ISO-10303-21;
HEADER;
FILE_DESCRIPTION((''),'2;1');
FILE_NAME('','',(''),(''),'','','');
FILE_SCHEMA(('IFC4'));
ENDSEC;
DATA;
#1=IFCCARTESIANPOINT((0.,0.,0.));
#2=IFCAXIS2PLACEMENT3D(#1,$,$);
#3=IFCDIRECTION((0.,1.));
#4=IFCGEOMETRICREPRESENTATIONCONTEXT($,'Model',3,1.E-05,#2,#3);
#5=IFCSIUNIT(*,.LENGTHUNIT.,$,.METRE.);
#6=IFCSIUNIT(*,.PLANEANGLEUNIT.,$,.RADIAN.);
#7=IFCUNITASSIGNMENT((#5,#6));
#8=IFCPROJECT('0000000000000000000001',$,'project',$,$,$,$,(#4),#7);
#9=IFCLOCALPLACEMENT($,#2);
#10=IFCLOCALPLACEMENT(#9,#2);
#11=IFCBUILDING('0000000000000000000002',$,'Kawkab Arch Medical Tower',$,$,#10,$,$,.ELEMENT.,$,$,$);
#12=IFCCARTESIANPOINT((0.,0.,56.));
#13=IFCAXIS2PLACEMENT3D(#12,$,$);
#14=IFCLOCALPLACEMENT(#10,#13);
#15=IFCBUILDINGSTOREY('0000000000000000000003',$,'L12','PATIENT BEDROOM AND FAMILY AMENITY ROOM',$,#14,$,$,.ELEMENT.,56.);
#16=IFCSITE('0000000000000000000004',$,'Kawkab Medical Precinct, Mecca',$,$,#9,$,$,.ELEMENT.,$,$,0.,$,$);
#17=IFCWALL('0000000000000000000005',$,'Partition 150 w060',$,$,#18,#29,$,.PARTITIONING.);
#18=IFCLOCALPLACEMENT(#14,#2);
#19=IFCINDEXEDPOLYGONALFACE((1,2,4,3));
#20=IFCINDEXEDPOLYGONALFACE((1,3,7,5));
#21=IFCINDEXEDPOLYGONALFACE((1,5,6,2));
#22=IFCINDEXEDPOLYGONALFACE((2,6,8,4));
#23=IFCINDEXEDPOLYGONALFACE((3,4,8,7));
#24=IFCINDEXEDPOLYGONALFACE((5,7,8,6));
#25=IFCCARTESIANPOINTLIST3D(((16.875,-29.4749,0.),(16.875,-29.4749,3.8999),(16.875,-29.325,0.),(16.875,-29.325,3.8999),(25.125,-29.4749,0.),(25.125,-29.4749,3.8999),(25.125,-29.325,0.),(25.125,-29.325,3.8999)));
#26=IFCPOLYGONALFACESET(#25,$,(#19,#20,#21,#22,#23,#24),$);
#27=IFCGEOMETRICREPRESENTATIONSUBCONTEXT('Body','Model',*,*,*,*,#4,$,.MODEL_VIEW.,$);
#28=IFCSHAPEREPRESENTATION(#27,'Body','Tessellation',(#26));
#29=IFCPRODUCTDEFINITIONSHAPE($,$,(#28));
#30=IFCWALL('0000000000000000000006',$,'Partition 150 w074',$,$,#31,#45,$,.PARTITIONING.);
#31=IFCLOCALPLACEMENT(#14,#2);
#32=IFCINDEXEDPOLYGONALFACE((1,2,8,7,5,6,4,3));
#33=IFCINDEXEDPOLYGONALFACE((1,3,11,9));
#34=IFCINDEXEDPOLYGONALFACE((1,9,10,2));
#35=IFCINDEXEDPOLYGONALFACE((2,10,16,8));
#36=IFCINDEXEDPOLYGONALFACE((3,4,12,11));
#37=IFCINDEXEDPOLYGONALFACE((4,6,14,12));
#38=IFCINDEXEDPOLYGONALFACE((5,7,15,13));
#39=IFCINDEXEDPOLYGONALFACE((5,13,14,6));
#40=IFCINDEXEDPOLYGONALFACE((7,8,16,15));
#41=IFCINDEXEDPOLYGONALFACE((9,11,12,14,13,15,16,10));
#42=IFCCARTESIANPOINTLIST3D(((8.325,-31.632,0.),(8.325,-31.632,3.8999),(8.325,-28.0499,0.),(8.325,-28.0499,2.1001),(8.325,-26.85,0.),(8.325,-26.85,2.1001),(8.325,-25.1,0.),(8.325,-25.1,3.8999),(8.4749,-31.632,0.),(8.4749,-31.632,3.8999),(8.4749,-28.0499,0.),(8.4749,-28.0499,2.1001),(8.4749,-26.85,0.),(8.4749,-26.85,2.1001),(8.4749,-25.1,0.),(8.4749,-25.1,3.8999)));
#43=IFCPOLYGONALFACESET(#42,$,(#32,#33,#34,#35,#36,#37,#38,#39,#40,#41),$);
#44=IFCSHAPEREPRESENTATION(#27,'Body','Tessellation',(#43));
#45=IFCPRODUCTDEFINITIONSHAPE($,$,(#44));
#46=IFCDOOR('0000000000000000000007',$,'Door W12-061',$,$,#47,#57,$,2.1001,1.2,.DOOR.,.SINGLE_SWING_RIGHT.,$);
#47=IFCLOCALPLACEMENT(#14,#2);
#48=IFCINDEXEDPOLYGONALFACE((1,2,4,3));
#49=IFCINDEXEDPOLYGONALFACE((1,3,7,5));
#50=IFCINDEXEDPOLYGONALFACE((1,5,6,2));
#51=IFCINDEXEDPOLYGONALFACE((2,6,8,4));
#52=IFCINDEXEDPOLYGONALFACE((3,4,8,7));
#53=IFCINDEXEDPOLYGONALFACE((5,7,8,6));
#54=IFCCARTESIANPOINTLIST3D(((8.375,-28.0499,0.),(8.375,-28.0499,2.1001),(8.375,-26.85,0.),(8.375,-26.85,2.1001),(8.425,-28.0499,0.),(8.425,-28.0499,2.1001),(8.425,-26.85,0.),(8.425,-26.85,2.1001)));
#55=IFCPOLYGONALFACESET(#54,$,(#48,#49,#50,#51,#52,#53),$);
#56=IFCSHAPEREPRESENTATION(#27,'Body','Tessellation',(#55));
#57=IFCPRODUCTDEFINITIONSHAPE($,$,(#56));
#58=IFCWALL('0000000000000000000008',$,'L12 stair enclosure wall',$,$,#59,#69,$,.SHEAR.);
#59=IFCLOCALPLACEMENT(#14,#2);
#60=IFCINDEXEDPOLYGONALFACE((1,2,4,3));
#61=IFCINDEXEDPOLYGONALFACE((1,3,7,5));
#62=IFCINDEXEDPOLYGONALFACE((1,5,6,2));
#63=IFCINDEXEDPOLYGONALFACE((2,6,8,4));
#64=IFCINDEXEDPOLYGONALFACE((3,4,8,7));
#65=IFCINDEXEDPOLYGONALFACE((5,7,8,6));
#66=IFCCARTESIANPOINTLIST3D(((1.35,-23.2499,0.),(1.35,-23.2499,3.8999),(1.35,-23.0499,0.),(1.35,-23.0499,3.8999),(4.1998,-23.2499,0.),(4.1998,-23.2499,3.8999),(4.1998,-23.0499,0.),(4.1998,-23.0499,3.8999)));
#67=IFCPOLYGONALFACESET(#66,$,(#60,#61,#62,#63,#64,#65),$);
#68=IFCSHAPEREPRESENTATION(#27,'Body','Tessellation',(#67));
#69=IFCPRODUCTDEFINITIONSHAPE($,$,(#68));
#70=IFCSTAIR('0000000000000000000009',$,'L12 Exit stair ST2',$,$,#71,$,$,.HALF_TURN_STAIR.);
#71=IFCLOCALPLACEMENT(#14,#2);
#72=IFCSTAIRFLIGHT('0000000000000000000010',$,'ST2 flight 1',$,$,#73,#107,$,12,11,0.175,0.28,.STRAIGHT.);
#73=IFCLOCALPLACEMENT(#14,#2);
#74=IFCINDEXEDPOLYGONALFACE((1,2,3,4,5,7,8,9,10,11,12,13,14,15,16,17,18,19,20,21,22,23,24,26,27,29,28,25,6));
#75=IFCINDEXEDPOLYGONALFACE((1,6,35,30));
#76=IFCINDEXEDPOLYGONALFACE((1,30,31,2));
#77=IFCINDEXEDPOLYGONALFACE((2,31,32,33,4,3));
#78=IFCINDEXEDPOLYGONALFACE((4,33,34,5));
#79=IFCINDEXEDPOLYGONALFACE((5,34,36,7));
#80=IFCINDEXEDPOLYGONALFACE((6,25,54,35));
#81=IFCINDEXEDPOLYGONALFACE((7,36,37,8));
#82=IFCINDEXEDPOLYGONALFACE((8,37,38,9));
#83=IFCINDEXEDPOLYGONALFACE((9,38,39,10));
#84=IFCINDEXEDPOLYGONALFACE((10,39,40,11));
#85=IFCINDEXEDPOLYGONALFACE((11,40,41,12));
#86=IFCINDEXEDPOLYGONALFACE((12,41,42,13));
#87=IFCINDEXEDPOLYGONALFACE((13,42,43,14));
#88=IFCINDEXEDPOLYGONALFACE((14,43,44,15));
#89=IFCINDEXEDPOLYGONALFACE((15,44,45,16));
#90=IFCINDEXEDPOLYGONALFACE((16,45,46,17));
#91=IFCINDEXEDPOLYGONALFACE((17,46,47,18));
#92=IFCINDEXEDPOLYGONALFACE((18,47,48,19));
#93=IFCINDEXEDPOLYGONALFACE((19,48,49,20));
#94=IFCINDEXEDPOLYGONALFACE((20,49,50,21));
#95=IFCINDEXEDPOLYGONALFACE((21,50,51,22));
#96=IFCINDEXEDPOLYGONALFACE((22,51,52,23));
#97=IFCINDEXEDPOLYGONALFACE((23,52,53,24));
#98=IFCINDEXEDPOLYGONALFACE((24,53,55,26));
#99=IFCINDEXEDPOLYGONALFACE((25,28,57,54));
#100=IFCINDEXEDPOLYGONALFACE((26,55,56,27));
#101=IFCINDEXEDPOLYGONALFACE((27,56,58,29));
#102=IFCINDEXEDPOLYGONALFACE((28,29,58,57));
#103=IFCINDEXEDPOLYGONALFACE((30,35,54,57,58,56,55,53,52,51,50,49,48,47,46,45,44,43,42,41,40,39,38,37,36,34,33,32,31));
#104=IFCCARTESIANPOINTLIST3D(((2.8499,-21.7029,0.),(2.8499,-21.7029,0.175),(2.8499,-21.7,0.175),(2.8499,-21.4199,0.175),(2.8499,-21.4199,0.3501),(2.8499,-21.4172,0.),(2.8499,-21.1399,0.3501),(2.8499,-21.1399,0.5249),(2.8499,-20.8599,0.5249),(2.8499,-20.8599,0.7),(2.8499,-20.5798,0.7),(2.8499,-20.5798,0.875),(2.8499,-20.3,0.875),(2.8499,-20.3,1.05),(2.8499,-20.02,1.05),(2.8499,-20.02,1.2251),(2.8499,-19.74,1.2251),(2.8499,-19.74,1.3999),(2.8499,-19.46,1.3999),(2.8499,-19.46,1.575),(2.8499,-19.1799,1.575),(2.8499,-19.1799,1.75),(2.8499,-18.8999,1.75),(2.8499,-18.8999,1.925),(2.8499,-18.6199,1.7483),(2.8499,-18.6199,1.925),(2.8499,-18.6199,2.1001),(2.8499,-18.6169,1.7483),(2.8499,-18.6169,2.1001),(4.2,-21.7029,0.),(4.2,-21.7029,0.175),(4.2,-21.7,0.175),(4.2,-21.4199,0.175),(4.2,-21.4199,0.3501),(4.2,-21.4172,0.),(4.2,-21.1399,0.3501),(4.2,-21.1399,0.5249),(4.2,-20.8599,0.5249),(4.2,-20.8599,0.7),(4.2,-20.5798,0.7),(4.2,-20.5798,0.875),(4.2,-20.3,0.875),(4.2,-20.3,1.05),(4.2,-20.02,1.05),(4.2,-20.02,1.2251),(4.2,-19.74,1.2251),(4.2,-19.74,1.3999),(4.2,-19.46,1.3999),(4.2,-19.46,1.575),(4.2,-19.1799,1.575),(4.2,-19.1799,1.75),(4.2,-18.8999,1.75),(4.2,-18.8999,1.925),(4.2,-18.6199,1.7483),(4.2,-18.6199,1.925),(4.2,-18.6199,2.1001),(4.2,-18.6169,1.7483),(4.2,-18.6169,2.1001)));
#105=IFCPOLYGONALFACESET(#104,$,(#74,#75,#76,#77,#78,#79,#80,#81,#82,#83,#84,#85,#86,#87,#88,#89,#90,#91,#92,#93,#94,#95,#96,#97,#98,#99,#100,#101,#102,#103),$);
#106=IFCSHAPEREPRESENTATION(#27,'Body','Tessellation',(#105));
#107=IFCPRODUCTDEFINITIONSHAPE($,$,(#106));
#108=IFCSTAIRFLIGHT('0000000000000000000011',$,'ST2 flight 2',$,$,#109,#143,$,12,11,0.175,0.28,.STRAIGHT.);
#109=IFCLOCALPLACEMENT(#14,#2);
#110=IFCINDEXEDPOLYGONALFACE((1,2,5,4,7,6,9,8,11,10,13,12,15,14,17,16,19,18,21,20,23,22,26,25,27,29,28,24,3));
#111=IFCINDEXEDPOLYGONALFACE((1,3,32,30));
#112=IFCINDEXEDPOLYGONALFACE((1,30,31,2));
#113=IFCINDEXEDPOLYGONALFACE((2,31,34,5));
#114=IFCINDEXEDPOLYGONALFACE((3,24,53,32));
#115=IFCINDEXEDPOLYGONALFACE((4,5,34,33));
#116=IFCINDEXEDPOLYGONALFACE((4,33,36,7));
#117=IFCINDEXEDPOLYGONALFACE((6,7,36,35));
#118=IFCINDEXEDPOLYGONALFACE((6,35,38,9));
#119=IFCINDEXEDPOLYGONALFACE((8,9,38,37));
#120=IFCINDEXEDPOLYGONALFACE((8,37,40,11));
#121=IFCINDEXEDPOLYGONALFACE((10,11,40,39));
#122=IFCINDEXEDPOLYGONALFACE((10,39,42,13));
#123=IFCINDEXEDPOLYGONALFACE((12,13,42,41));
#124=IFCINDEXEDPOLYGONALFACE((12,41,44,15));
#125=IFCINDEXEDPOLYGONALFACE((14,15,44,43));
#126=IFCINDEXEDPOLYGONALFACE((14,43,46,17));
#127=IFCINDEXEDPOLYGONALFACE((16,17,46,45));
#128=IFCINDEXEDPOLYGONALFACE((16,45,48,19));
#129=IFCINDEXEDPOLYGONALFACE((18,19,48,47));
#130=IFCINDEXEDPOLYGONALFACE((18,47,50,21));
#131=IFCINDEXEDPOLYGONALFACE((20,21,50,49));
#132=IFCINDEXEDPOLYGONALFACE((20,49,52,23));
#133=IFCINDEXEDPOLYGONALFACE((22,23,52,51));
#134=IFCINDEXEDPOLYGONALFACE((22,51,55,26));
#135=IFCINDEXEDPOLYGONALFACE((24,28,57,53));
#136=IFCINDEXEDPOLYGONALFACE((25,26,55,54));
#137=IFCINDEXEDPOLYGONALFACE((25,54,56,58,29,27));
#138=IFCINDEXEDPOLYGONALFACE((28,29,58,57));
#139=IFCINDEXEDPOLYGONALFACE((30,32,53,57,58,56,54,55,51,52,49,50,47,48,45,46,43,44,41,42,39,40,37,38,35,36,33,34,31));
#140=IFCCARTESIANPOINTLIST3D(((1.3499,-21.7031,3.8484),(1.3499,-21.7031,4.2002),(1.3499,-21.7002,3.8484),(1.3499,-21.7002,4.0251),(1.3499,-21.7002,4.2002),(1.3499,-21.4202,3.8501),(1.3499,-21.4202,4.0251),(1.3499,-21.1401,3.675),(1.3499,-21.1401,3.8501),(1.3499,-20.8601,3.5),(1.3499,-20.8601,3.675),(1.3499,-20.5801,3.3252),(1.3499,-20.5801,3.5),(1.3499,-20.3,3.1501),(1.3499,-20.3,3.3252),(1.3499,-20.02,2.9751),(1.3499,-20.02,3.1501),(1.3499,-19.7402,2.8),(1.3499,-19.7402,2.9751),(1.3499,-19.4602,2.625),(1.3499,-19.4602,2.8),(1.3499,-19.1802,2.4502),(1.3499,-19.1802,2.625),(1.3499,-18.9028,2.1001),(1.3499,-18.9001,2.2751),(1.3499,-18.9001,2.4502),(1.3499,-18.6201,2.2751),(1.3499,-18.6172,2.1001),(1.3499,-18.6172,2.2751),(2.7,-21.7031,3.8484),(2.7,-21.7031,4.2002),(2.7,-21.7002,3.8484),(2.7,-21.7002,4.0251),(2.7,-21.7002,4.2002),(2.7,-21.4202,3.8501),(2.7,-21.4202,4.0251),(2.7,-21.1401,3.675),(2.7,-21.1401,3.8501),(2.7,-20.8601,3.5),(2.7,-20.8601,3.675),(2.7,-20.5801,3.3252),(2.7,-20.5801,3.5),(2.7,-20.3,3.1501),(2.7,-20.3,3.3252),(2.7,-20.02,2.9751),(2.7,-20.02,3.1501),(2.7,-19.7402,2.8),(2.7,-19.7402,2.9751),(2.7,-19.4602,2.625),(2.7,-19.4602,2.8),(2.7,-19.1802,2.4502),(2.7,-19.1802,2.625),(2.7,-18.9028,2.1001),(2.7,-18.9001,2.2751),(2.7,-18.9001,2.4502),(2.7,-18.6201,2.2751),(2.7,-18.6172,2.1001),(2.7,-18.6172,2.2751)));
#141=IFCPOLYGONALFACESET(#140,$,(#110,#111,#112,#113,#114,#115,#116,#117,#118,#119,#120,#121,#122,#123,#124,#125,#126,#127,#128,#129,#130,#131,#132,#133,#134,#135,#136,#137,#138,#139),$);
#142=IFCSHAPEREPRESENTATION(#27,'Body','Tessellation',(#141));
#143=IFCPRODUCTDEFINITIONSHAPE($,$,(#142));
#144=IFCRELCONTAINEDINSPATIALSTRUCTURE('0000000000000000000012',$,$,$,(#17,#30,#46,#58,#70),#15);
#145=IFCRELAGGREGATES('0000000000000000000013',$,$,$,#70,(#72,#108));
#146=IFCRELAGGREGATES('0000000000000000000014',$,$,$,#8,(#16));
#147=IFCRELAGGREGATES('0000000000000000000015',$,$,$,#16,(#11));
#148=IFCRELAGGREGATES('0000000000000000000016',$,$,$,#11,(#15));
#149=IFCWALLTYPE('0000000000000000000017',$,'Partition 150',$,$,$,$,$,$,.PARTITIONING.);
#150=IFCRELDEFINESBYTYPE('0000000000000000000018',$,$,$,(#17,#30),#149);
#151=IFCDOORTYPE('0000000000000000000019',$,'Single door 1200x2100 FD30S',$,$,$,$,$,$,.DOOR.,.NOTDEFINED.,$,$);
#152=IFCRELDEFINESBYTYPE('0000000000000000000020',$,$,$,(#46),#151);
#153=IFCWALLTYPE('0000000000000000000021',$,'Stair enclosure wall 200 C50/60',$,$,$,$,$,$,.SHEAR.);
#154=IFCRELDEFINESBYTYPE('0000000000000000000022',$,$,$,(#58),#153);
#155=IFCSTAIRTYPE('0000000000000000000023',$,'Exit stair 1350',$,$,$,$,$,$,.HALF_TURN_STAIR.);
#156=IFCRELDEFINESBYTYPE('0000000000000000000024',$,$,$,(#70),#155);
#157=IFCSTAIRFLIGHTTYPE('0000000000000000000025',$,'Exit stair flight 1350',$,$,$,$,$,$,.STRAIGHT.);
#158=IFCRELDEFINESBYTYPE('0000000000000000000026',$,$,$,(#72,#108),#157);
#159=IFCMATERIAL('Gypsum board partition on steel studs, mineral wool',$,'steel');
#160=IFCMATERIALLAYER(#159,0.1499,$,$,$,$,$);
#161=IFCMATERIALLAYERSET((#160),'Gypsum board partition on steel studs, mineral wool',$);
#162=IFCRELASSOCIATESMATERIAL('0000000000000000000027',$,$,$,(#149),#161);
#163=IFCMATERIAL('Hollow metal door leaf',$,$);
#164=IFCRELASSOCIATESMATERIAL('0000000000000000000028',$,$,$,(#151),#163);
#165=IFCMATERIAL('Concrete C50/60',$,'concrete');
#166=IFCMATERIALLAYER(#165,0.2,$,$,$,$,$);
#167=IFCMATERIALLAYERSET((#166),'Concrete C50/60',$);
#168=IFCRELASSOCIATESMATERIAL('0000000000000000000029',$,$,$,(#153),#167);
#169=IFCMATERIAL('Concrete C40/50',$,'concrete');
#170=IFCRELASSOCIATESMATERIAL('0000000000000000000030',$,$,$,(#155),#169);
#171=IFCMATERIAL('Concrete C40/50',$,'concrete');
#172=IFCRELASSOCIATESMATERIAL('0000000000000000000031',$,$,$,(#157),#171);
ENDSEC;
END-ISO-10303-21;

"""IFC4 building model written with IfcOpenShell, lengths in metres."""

from ifc_helpers import new_model, si_unit, direction, frame, frame_2d, origin, place, context, subcontext, project, spatial, polyline, rectangle, outline, extrude, material, layer, layer_set, type_object, element, fill, aggregate, save


model = new_model("IFC4")

# Units and contexts
model_context = context("Model", 3, precision=1e-05, world=origin(), true_north=direction((0.0, 1.0)))
body_context = subcontext(model_context, "Body", "Model", "MODEL_VIEW")
ifc_project = project(units=[si_unit("LENGTHUNIT", "METRE"), si_unit("PLANEANGLEUNIT", "RADIAN")], contexts=[model_context])

# Site, building, storey
site_placement = place(None, origin())
site = spatial("IfcSite", under=ifc_project, at=site_placement, Name="Kawkab Medical Precinct, Mecca", CompositionType="ELEMENT", RefElevation=0.0)
building_placement = place(site_placement, origin())
building = spatial("IfcBuilding", under=site, at=building_placement, Name="Kawkab Arch Medical Tower", CompositionType="ELEMENT")
storey_placement = place(building_placement, frame((0.0, 0.0, 56.0)))
storey = spatial("IfcBuildingStorey", under=building, at=storey_placement, Name="L12", Description="PATIENT BEDROOM AND FAMILY AMENITY ROOM", CompositionType="ELEMENT", Elevation=56.0)

# Wall
ifc_material_1 = material(Name="Gypsum board partition on steel studs, mineral wool", Category="steel")
ifc_layer_1 = layer(ifc_material_1, 0.1499)
ifc_layer_set_1 = layer_set([ifc_layer_1], Name="Gypsum board partition on steel studs, mineral wool")
wall_type_1 = type_object("IfcWallType", Name="Partition 150", PredefinedType="PARTITIONING", material=ifc_layer_set_1)
wall_1_placement = place(storey_placement, frame((16.875, -29.3999, 0.0), z_axis=(0.0, 0.0, 1.0), x_axis=(1.0, 0.0, 0.0)))
element("IfcWall", 1, at=wall_1_placement, inside=storey, type_object=wall_type_1, Name="Partition 150 w060", PredefinedType="PARTITIONING", context=body_context, shape_type="SweptSolid", body=[
    extrude(rectangle(XDim=8.25, YDim=0.1499, at=frame_2d((4.125, 0.0))), origin(), (0.0, 0.0, 1.0), 3.8999),
])

# Wall, opening, door
wall_2_placement = place(storey_placement, frame((8.3999, -31.6321, 0.0), z_axis=(0.0, 0.0, 1.0), x_axis=(0.0, 1.0, 0.0)))
wall_2 = element("IfcWall", 2, at=wall_2_placement, inside=storey, type_object=wall_type_1, Name="Partition 150 w074", PredefinedType="PARTITIONING", context=body_context, shape_type="SweptSolid", body=[
    extrude(rectangle(XDim=6.532, YDim=0.1499, at=frame_2d((3.2661, 0.0))), origin(), (0.0, 0.0, 1.0), 3.8999),
])
opening_1_placement = place(wall_2_placement, frame((3.582, 0.0, 0.0)))
opening_1 = element("IfcOpeningElement", 3, at=opening_1_placement, cuts=wall_2, PredefinedType="OPENING", context=body_context, shape_type="SweptSolid", body=[
    extrude(rectangle(XDim=1.2, YDim=2.1001, at=frame_2d((0.6001, 1.05))), frame((0.0, 0.085, 0.0), z_axis=(0.0, -1.0, 0.0), x_axis=(1.0, 0.0, 0.0)), (0.0, 0.0, 1.0), 0.1699),
])
ifc_material_2 = material(Name="Hollow metal door leaf")
door_type_1 = type_object("IfcDoorType", Name="Single door 1200x2100 FD30S", OperationType="NOTDEFINED", PredefinedType="DOOR", material=ifc_material_2)
door_1_placement = place(opening_1_placement, origin())
door_1 = element("IfcDoor", 4, at=door_1_placement, inside=storey, type_object=door_type_1, Name="Door W12-061", OperationType="SINGLE_SWING_RIGHT", OverallHeight=2.1001, OverallWidth=1.2, PredefinedType="DOOR", context=body_context, shape_type="SweptSolid", body=[
    extrude(rectangle(XDim=1.2, YDim=2.1001, at=frame_2d((0.6001, 1.05))), frame((0.0, 0.0249, 0.0), z_axis=(0.0, -1.0, 0.0), x_axis=(1.0, 0.0, 0.0)), (0.0, 0.0, 1.0), 0.05),
])
fill(opening_1, door_1)

# Wall
ifc_material_3 = material(Name="Concrete C50/60", Category="concrete")
ifc_layer_2 = layer(ifc_material_3, 0.2)
ifc_layer_set_2 = layer_set([ifc_layer_2], Name="Concrete C50/60")
wall_type_2 = type_object("IfcWallType", Name="Stair enclosure wall 200 C50/60", PredefinedType="SHEAR", material=ifc_layer_set_2)
wall_3_placement = place(storey_placement, frame((1.3501, -23.1499, 0.0), z_axis=(0.0, 0.0, 1.0), x_axis=(1.0, 0.0, 0.0)))
element("IfcWall", 5, at=wall_3_placement, inside=storey, type_object=wall_type_2, Name="L12 stair enclosure wall", PredefinedType="SHEAR", context=body_context, shape_type="SweptSolid", body=[
    extrude(rectangle(XDim=2.8499, YDim=0.2, at=frame_2d((1.4248, 0.0))), origin(), (0.0, 0.0, 1.0), 3.8999),
])

# Stair, stair flights
ifc_material_4 = material(Name="Concrete C40/50", Category="concrete")
stair_type = type_object("IfcStairType", Name="Exit stair 1350", PredefinedType="HALF_TURN_STAIR", material=ifc_material_4)
stair_placement = place(storey_placement, origin())
stair = element("IfcStair", 6, at=stair_placement, inside=storey, type_object=stair_type, Name="L12 Exit stair ST2", PredefinedType="HALF_TURN_STAIR")
ifc_material_5 = material(Name="Concrete C40/50", Category="concrete")
stair_flight_type = type_object("IfcStairFlightType", Name="Exit stair flight 1350", PredefinedType="STRAIGHT", material=ifc_material_5)
stair_flight_1_placement = place(storey_placement, frame((3.5249, -21.7, 0.0), z_axis=(0.0, 0.0, 1.0), x_axis=(0.0, 1.0, 0.0)))
stair_flight_1 = element("IfcStairFlight", 7, at=stair_flight_1_placement, type_object=stair_flight_type, Name="ST2 flight 1", NumberOfRisers=12, NumberOfTreads=11, PredefinedType="STRAIGHT", RiserHeight=0.175, TreadLength=0.28, context=body_context, shape_type="SweptSolid", body=[
    extrude(outline(polyline([(-0.0029, 0.0), (-0.0029, 0.175), (0.0, 0.175), (0.28, 0.175), (0.28, 0.3501), (0.5601, 0.3501), (0.5601, 0.5249), (0.8401, 0.5249), (0.8401, 0.7), (1.1201, 0.7), (1.1201, 0.875), (1.3999, 0.875), (1.3999, 1.05), (1.6799, 1.05), (1.6799, 1.2251), (1.96, 1.2251), (1.96, 1.3999), (2.24, 1.3999), (2.24, 1.575), (2.52, 1.575), (2.52, 1.75), (2.8, 1.75), (2.8, 1.925), (3.0801, 1.925), (3.0801, 2.1001), (3.083, 2.1001), (3.083, 1.7483), (3.0801, 1.7483), (0.2827, 0.0), (-0.0029, 0.0)])), frame((0.0, 0.675, 0.0), z_axis=(0.0, -1.0, 0.0), x_axis=(1.0, 0.0, 0.0)), (0.0, 0.0, 1.0), 1.3501),
])
stair_flight_2_placement = place(storey_placement, frame((2.0249, -18.6201, 2.1001), z_axis=(0.0, 0.0, 1.0), x_axis=(0.0, -1.0, 0.0)))
stair_flight_2 = element("IfcStairFlight", 8, at=stair_flight_2_placement, type_object=stair_flight_type, Name="ST2 flight 2", NumberOfRisers=12, NumberOfTreads=11, PredefinedType="STRAIGHT", RiserHeight=0.175, TreadLength=0.28, context=body_context, shape_type="SweptSolid", body=[
    extrude(outline(polyline([(-0.0029, 0.0), (-0.0029, 0.175), (0.0, 0.175), (0.28, 0.175), (0.28, 0.3501), (0.5601, 0.3501), (0.5601, 0.5249), (0.8401, 0.5249), (0.8401, 0.7), (1.1201, 0.7), (1.1201, 0.875), (1.3999, 0.875), (1.3999, 1.05), (1.6799, 1.05), (1.6799, 1.2251), (1.96, 1.2251), (1.96, 1.3999), (2.24, 1.3999), (2.24, 1.575), (2.52, 1.575), (2.52, 1.75), (2.8, 1.75), (2.8, 1.925), (3.0801, 1.925), (3.0801, 2.1001), (3.083, 2.1001), (3.083, 1.7483), (3.0801, 1.7483), (0.2827, 0.0), (-0.0029, 0.0)])), frame((0.0, 0.675, 0.0), z_axis=(0.0, -1.0, 0.0), x_axis=(1.0, 0.0, 0.0)), (0.0, 0.0, 1.0), 1.3501),
])
aggregate(stair, [stair_flight_1, stair_flight_2])

save(model, "model.ifc")
